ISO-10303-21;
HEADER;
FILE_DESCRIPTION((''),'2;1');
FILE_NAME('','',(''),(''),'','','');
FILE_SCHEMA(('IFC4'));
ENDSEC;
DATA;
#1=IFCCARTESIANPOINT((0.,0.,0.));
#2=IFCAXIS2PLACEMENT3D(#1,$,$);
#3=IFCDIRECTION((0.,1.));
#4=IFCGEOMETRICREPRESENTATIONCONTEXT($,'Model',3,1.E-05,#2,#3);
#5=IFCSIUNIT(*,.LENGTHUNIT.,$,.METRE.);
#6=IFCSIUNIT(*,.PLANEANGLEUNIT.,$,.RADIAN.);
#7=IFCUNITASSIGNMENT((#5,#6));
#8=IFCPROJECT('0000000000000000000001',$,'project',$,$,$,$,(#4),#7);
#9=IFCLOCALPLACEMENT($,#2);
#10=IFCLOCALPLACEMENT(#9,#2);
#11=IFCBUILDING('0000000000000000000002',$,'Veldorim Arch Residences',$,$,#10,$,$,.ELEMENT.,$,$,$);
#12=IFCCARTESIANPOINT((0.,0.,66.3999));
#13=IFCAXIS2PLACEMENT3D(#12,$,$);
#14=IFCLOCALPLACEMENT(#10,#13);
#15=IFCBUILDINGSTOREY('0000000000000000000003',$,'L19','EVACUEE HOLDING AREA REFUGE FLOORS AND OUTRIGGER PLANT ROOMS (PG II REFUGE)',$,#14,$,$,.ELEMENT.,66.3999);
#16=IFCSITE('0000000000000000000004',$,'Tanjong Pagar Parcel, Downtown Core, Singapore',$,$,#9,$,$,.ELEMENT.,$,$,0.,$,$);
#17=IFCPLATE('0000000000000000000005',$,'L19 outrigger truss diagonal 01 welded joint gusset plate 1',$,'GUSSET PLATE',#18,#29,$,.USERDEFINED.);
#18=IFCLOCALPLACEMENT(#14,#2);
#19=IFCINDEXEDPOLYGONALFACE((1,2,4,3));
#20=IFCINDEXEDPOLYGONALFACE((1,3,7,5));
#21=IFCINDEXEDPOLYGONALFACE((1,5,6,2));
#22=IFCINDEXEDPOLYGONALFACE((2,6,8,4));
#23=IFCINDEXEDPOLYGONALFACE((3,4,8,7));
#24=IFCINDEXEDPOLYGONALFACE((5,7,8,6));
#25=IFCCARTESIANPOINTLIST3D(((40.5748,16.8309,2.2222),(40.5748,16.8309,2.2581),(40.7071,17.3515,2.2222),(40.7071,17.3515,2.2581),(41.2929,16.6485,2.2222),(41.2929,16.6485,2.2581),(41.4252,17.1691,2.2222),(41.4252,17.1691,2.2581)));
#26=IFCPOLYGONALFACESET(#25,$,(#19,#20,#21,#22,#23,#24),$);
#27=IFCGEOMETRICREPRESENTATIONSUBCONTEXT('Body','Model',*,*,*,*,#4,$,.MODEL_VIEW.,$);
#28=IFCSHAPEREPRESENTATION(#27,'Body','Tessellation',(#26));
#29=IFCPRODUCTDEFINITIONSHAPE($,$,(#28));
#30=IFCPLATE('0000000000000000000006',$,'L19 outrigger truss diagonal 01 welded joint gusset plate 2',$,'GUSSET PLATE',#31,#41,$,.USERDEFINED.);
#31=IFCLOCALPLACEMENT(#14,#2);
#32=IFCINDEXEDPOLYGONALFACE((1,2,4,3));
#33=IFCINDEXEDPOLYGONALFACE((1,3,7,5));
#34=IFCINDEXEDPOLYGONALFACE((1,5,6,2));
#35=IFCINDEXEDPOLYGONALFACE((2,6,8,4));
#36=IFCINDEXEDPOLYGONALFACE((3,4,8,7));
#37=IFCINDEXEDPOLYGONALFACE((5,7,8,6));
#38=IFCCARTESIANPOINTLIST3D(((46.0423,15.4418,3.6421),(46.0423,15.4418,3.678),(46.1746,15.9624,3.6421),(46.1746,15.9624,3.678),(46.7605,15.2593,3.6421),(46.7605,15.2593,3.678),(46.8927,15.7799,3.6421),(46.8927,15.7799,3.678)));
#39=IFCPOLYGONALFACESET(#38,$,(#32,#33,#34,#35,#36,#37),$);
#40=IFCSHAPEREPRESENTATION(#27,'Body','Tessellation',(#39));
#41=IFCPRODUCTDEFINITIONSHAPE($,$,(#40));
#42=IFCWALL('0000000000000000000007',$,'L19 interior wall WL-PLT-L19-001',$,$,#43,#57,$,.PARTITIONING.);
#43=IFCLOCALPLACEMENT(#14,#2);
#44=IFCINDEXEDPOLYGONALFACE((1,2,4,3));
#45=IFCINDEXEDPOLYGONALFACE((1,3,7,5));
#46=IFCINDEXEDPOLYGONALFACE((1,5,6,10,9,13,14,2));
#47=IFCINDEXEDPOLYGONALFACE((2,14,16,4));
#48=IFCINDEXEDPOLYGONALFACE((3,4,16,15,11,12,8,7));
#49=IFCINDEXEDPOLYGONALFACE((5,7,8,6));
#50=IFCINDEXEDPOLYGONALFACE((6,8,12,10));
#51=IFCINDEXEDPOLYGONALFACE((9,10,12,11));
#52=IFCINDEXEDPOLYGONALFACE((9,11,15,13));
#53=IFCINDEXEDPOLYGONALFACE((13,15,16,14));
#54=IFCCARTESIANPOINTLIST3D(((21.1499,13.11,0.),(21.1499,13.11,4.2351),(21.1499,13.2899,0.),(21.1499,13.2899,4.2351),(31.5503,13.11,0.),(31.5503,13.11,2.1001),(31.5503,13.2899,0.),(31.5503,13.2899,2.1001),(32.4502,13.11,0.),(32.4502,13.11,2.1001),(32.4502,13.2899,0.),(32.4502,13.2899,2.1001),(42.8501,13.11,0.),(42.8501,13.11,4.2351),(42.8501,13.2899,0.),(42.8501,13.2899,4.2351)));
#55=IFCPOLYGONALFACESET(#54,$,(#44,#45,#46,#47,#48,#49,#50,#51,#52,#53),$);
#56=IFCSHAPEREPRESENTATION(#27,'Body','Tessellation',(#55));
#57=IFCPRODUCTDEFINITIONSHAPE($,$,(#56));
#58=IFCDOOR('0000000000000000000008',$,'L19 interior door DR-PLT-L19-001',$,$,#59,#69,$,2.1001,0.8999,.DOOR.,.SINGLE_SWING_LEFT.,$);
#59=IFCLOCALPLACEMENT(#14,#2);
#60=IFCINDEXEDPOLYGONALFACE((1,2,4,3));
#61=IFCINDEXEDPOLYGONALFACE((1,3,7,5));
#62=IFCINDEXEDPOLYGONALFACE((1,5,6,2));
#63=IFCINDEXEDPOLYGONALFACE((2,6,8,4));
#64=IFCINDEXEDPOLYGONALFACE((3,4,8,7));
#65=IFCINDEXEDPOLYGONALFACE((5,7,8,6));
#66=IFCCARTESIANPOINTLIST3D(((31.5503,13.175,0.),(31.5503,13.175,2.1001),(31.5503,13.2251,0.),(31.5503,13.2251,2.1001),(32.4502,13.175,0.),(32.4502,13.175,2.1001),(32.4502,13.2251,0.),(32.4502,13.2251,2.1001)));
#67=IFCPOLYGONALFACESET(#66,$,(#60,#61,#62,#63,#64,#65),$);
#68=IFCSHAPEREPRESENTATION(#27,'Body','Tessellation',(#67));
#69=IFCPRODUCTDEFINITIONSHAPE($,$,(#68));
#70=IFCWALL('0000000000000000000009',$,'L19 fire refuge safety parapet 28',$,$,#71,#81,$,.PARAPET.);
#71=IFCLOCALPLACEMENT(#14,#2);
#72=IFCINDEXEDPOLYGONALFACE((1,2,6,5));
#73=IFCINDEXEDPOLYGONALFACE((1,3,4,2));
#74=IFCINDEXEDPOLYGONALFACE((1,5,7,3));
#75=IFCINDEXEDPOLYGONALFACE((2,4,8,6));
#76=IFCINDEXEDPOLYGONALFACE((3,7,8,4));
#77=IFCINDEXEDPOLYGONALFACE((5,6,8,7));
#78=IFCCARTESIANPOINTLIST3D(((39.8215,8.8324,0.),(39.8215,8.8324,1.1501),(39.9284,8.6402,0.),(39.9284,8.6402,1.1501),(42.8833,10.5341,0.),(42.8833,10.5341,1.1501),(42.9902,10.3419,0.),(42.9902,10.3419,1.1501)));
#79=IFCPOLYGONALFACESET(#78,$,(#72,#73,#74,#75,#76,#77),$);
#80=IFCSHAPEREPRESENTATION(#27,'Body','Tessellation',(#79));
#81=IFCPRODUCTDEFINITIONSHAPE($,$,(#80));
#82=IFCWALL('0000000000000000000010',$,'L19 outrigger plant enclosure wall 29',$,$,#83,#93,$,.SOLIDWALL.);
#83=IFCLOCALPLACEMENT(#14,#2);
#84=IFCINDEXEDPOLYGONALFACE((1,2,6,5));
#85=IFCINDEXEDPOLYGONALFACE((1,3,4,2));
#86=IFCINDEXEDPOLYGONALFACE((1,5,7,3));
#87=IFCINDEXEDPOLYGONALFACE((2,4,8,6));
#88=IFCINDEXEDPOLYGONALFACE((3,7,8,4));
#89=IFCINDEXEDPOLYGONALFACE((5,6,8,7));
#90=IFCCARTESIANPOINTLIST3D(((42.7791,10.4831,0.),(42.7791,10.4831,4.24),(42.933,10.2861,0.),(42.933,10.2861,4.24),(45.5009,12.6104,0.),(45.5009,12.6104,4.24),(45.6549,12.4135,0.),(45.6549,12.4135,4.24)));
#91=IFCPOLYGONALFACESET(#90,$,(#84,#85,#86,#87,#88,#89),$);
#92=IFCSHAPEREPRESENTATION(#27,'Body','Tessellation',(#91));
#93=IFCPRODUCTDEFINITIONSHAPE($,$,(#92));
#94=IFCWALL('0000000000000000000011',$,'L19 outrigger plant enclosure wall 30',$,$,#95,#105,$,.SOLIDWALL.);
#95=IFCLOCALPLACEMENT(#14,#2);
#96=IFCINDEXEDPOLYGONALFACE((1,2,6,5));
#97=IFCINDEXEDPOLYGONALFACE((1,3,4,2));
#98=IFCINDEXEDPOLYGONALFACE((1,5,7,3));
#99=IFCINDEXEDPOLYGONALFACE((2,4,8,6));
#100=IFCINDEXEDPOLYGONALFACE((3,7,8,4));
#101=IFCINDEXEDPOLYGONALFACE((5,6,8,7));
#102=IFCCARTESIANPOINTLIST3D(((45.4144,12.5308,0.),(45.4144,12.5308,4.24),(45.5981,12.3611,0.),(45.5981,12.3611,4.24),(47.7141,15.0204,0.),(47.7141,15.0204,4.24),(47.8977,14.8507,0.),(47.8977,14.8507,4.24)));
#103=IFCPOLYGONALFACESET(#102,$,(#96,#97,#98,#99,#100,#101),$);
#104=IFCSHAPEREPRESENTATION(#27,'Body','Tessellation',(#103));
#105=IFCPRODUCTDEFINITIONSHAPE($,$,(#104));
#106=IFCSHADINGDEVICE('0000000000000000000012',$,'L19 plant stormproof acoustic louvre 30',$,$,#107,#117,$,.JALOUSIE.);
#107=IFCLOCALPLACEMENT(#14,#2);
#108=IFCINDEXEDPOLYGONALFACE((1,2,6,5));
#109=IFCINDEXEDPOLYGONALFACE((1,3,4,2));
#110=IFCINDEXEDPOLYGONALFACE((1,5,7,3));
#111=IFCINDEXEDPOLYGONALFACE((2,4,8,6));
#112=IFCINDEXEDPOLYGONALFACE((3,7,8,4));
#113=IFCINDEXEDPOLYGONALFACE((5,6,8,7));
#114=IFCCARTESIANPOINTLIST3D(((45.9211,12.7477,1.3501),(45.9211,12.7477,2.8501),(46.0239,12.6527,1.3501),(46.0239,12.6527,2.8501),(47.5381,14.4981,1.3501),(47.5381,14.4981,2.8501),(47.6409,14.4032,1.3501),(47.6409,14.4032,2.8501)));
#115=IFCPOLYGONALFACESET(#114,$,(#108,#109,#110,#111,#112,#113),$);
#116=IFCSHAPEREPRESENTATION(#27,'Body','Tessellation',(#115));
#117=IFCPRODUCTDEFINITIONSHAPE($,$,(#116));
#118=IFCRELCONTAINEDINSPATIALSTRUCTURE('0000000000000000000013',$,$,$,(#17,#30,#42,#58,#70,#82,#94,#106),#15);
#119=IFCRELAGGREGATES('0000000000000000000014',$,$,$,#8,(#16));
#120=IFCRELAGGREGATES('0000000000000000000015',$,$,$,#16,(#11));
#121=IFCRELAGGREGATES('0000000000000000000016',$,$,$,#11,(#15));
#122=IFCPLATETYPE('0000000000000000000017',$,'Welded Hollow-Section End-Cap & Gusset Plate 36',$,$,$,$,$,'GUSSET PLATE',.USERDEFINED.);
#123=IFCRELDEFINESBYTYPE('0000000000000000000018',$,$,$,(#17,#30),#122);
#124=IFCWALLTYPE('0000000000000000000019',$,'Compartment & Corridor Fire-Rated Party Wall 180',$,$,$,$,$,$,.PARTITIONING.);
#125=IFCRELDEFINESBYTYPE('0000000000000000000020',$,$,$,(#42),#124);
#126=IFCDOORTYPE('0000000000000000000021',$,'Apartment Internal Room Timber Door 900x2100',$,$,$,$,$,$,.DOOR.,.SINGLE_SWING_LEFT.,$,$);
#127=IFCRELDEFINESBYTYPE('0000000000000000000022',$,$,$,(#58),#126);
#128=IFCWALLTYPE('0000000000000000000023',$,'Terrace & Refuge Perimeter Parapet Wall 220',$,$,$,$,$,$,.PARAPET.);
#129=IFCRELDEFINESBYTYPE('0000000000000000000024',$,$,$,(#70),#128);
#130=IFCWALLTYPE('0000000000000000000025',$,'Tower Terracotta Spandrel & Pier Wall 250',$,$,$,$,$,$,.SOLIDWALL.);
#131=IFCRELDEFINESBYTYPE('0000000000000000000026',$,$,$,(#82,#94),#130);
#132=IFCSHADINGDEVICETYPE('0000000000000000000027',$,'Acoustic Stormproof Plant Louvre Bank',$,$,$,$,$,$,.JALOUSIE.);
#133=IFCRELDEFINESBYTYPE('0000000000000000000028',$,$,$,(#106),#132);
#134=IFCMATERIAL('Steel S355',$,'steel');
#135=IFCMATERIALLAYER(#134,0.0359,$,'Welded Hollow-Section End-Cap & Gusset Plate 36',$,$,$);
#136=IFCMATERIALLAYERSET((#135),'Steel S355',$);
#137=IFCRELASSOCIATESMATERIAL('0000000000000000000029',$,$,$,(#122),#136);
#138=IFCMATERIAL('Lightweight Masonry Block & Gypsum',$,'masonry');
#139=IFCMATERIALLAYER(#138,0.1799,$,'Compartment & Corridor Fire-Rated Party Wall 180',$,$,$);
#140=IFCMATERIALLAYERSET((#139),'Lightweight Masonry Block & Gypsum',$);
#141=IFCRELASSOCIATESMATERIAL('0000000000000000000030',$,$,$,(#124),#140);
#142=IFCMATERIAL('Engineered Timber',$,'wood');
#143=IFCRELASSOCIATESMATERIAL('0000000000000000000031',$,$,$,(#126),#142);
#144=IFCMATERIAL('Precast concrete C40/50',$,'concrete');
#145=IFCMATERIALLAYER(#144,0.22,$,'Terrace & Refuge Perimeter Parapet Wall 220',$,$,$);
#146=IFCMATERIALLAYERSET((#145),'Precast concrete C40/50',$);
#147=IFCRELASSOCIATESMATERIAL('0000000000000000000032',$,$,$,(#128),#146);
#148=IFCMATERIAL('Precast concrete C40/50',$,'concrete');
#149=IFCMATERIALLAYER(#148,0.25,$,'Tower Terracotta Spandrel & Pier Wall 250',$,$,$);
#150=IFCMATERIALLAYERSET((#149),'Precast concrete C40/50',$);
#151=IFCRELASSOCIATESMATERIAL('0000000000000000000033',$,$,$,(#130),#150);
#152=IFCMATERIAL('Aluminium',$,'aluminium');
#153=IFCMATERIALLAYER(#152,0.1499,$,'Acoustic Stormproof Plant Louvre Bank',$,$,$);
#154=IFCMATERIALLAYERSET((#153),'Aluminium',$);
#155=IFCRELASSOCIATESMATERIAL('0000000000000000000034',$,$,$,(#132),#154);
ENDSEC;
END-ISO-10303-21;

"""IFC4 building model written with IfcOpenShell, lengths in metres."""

from ifc_helpers import new_model, si_unit, direction, frame, frame_2d, origin, origin_2d, place, context, subcontext, project, spatial, rectangle, extrude, material, layer, layer_set, type_object, element, fill, save


model = new_model("IFC4")

# Units and contexts
model_context = context("Model", 3, precision=1e-05, world=origin(), true_north=direction((0.0, 1.0)))
body_context = subcontext(model_context, "Body", "Model", "MODEL_VIEW")
ifc_project = project(units=[si_unit("LENGTHUNIT", "METRE"), si_unit("PLANEANGLEUNIT", "RADIAN")], contexts=[model_context])

# Site, building, storey
site_placement = place(None, origin())
site = spatial("IfcSite", under=ifc_project, at=site_placement, Name="Tanjong Pagar Parcel, Downtown Core, Singapore", CompositionType="ELEMENT", RefElevation=0.0)
building_placement = place(site_placement, origin())
building = spatial("IfcBuilding", under=site, at=building_placement, Name="Veldorim Arch Residences", CompositionType="ELEMENT")
storey_placement = place(building_placement, frame((0.0, 0.0, 66.3999)))
storey = spatial("IfcBuildingStorey", under=building, at=storey_placement, Name="L19", Description="EVACUEE HOLDING AREA REFUGE FLOORS AND OUTRIGGER PLANT ROOMS (PG II REFUGE)", CompositionType="ELEMENT", Elevation=66.3999)

# Plates
ifc_material_1 = material(Name="Steel S355", Category="steel")
ifc_layer_1 = layer(ifc_material_1, 0.0359, Name="Welded Hollow-Section End-Cap & Gusset Plate 36")
ifc_layer_set_1 = layer_set([ifc_layer_1], Name="Steel S355")
plate_type = type_object("IfcPlateType", Name="Welded Hollow-Section End-Cap & Gusset Plate 36", ElementType="GUSSET PLATE", PredefinedType="USERDEFINED", material=ifc_layer_set_1)
for number, where, z_axis, x_axis, name in (
    (1, (41.0, 17.0, 2.2222), (0.0, 0.0, 1.0), (0.969209, -0.246238, 0.0), "L19 outrigger truss diagonal 01 welded joint gusset plate 1"),
    (2, (46.4675, 15.6108, 3.6421), (0.0, 0.0, 1.0), (0.969209, -0.246238, 0.0), "L19 outrigger truss diagonal 01 welded joint gusset plate 2"),
):
    element("IfcPlate", number, at=place(storey_placement, frame(where, z_axis=z_axis, x_axis=x_axis)), inside=storey, type_object=plate_type, Name=name, ObjectType="GUSSET PLATE", PredefinedType="USERDEFINED", context=body_context, shape_type="SweptSolid", body=[
        extrude(rectangle(XDim=0.741, YDim=0.5371, at=origin_2d()), origin(), (0.0, 0.0, 1.0), 0.0359),
    ])

# Wall, opening, door
ifc_material_2 = material(Name="Lightweight Masonry Block & Gypsum", Category="masonry")
ifc_layer_2 = layer(ifc_material_2, 0.1799, Name="Compartment & Corridor Fire-Rated Party Wall 180")
ifc_layer_set_2 = layer_set([ifc_layer_2], Name="Lightweight Masonry Block & Gypsum")
wall_type_1 = type_object("IfcWallType", Name="Compartment & Corridor Fire-Rated Party Wall 180", PredefinedType="PARTITIONING", material=ifc_layer_set_2)
wall_1_placement = place(storey_placement, frame((42.8501, 13.2, 0.0), z_axis=(0.0, 0.0, 1.0), x_axis=(-1.0, 0.0, 0.0)))
wall_1 = element("IfcWall", 3, at=wall_1_placement, inside=storey, type_object=wall_type_1, Name="L19 interior wall WL-PLT-L19-001", PredefinedType="PARTITIONING", context=body_context, shape_type="SweptSolid", body=[
    extrude(rectangle(XDim=21.7002, YDim=0.1799, at=frame_2d((10.8501, 0.0))), origin(), (0.0, 0.0, 1.0), 4.2351),
])
opening_placement = place(wall_1_placement, frame((10.3999, 0.0, 0.0)))
opening = element("IfcOpeningElement", 4, at=opening_placement, cuts=wall_1, PredefinedType="OPENING", context=body_context, shape_type="SweptSolid", body=[
    extrude(rectangle(XDim=0.8999, YDim=2.1001, at=frame_2d((0.45, 1.05))), frame((0.0, 0.0999, 0.0), z_axis=(0.0, -1.0, 0.0), x_axis=(1.0, 0.0, 0.0)), (0.0, 0.0, 1.0), 0.2),
])
ifc_material_3 = material(Name="Engineered Timber", Category="wood")
door_type = type_object("IfcDoorType", Name="Apartment Internal Room Timber Door 900x2100", OperationType="SINGLE_SWING_LEFT", PredefinedType="DOOR", material=ifc_material_3)
door_placement = place(opening_placement, origin())
door = element("IfcDoor", 5, at=door_placement, inside=storey, type_object=door_type, Name="L19 interior door DR-PLT-L19-001", OperationType="SINGLE_SWING_LEFT", OverallHeight=2.1001, OverallWidth=0.8999, PredefinedType="DOOR", context=body_context, shape_type="SweptSolid", body=[
    extrude(rectangle(XDim=0.8999, YDim=2.1001, at=frame_2d((0.45, 1.05))), frame((0.0, 0.0249, 0.0), z_axis=(0.0, -1.0, 0.0), x_axis=(1.0, 0.0, 0.0)), (0.0, 0.0, 1.0), 0.05),
])
fill(opening, door)

# Walls
ifc_material_4 = material(Name="Precast concrete C40/50", Category="concrete")
ifc_layer_3 = layer(ifc_material_4, 0.22, Name="Terrace & Refuge Perimeter Parapet Wall 220")
ifc_layer_set_3 = layer_set([ifc_layer_3], Name="Precast concrete C40/50")
wall_type_2 = type_object("IfcWallType", Name="Terrace & Refuge Perimeter Parapet Wall 220", PredefinedType="PARAPET", material=ifc_layer_set_3)
wall_2_placement = place(storey_placement, frame((42.9368, 10.438, 0.0), z_axis=(0.0, 0.0, 1.0), x_axis=(-0.874075, -0.485791, 0.0)))
element("IfcWall", 6, at=wall_2_placement, inside=storey, type_object=wall_type_2, Name="L19 fire refuge safety parapet 28", PredefinedType="PARAPET", context=body_context, shape_type="SweptSolid", body=[
    extrude(rectangle(XDim=3.5029, YDim=0.22, at=frame_2d((1.7515, 0.0))), origin(), (0.0, 0.0, 1.0), 1.1501),
])
ifc_material_5 = material(Name="Precast concrete C40/50", Category="concrete")
ifc_layer_4 = layer(ifc_material_5, 0.25, Name="Tower Terracotta Spandrel & Pier Wall 250")
ifc_layer_set_4 = layer_set([ifc_layer_4], Name="Precast concrete C40/50")
wall_type_3 = type_object("IfcWallType", Name="Tower Terracotta Spandrel & Pier Wall 250", PredefinedType="SOLIDWALL", material=ifc_layer_set_4)
wall_3_placement = place(storey_placement, frame((45.5779, 12.512, 0.0), z_axis=(0.0, 0.0, 1.0), x_axis=(-0.787893, -0.615813, 0.0)))
element("IfcWall", 7, at=wall_3_placement, inside=storey, type_object=wall_type_3, Name="L19 outrigger plant enclosure wall 29", PredefinedType="SOLIDWALL", context=body_context, shape_type="SweptSolid", body=[
    extrude(rectangle(XDim=3.4546, YDim=0.25, at=frame_2d((1.7273, 0.0))), origin(), (0.0, 0.0, 1.0), 4.24),
])
wall_4_placement = place(storey_placement, frame((47.8059, 14.9355, 0.0), z_axis=(0.0, 0.0, 1.0), x_axis=(-0.678528, -0.734574, 0.0)))
element("IfcWall", 8, at=wall_4_placement, inside=storey, type_object=wall_type_3, Name="L19 outrigger plant enclosure wall 30", PredefinedType="SOLIDWALL", context=body_context, shape_type="SweptSolid", body=[
    extrude(rectangle(XDim=3.3892, YDim=0.25, at=frame_2d((1.6946, 0.0))), origin(), (0.0, 0.0, 1.0), 4.24),
])

# Shading device
ifc_material_6 = material(Name="Aluminium", Category="aluminium")
ifc_layer_5 = layer(ifc_material_6, 0.1499, Name="Acoustic Stormproof Plant Louvre Bank")
ifc_layer_set_5 = layer_set([ifc_layer_5], Name="Aluminium")
shading_device_type = type_object("IfcShadingDeviceType", Name="Acoustic Stormproof Plant Louvre Bank", PredefinedType="JALOUSIE", material=ifc_layer_set_5)
shading_device_placement = place(storey_placement, frame((46.781, 13.5754, 1.3501), z_axis=(0.0, 0.0, 1.0), x_axis=(-0.678544, -0.734559, 0.0)))
element("IfcShadingDevice", 9, at=shading_device_placement, inside=storey, type_object=shading_device_type, Name="L19 plant stormproof acoustic louvre 30", PredefinedType="JALOUSIE", context=body_context, shape_type="SweptSolid", body=[
    extrude(rectangle(XDim=2.3831, YDim=0.1399, at=origin_2d()), origin(), (0.0, 0.0, 1.0), 1.5),
])

save(model, "model.ifc")
